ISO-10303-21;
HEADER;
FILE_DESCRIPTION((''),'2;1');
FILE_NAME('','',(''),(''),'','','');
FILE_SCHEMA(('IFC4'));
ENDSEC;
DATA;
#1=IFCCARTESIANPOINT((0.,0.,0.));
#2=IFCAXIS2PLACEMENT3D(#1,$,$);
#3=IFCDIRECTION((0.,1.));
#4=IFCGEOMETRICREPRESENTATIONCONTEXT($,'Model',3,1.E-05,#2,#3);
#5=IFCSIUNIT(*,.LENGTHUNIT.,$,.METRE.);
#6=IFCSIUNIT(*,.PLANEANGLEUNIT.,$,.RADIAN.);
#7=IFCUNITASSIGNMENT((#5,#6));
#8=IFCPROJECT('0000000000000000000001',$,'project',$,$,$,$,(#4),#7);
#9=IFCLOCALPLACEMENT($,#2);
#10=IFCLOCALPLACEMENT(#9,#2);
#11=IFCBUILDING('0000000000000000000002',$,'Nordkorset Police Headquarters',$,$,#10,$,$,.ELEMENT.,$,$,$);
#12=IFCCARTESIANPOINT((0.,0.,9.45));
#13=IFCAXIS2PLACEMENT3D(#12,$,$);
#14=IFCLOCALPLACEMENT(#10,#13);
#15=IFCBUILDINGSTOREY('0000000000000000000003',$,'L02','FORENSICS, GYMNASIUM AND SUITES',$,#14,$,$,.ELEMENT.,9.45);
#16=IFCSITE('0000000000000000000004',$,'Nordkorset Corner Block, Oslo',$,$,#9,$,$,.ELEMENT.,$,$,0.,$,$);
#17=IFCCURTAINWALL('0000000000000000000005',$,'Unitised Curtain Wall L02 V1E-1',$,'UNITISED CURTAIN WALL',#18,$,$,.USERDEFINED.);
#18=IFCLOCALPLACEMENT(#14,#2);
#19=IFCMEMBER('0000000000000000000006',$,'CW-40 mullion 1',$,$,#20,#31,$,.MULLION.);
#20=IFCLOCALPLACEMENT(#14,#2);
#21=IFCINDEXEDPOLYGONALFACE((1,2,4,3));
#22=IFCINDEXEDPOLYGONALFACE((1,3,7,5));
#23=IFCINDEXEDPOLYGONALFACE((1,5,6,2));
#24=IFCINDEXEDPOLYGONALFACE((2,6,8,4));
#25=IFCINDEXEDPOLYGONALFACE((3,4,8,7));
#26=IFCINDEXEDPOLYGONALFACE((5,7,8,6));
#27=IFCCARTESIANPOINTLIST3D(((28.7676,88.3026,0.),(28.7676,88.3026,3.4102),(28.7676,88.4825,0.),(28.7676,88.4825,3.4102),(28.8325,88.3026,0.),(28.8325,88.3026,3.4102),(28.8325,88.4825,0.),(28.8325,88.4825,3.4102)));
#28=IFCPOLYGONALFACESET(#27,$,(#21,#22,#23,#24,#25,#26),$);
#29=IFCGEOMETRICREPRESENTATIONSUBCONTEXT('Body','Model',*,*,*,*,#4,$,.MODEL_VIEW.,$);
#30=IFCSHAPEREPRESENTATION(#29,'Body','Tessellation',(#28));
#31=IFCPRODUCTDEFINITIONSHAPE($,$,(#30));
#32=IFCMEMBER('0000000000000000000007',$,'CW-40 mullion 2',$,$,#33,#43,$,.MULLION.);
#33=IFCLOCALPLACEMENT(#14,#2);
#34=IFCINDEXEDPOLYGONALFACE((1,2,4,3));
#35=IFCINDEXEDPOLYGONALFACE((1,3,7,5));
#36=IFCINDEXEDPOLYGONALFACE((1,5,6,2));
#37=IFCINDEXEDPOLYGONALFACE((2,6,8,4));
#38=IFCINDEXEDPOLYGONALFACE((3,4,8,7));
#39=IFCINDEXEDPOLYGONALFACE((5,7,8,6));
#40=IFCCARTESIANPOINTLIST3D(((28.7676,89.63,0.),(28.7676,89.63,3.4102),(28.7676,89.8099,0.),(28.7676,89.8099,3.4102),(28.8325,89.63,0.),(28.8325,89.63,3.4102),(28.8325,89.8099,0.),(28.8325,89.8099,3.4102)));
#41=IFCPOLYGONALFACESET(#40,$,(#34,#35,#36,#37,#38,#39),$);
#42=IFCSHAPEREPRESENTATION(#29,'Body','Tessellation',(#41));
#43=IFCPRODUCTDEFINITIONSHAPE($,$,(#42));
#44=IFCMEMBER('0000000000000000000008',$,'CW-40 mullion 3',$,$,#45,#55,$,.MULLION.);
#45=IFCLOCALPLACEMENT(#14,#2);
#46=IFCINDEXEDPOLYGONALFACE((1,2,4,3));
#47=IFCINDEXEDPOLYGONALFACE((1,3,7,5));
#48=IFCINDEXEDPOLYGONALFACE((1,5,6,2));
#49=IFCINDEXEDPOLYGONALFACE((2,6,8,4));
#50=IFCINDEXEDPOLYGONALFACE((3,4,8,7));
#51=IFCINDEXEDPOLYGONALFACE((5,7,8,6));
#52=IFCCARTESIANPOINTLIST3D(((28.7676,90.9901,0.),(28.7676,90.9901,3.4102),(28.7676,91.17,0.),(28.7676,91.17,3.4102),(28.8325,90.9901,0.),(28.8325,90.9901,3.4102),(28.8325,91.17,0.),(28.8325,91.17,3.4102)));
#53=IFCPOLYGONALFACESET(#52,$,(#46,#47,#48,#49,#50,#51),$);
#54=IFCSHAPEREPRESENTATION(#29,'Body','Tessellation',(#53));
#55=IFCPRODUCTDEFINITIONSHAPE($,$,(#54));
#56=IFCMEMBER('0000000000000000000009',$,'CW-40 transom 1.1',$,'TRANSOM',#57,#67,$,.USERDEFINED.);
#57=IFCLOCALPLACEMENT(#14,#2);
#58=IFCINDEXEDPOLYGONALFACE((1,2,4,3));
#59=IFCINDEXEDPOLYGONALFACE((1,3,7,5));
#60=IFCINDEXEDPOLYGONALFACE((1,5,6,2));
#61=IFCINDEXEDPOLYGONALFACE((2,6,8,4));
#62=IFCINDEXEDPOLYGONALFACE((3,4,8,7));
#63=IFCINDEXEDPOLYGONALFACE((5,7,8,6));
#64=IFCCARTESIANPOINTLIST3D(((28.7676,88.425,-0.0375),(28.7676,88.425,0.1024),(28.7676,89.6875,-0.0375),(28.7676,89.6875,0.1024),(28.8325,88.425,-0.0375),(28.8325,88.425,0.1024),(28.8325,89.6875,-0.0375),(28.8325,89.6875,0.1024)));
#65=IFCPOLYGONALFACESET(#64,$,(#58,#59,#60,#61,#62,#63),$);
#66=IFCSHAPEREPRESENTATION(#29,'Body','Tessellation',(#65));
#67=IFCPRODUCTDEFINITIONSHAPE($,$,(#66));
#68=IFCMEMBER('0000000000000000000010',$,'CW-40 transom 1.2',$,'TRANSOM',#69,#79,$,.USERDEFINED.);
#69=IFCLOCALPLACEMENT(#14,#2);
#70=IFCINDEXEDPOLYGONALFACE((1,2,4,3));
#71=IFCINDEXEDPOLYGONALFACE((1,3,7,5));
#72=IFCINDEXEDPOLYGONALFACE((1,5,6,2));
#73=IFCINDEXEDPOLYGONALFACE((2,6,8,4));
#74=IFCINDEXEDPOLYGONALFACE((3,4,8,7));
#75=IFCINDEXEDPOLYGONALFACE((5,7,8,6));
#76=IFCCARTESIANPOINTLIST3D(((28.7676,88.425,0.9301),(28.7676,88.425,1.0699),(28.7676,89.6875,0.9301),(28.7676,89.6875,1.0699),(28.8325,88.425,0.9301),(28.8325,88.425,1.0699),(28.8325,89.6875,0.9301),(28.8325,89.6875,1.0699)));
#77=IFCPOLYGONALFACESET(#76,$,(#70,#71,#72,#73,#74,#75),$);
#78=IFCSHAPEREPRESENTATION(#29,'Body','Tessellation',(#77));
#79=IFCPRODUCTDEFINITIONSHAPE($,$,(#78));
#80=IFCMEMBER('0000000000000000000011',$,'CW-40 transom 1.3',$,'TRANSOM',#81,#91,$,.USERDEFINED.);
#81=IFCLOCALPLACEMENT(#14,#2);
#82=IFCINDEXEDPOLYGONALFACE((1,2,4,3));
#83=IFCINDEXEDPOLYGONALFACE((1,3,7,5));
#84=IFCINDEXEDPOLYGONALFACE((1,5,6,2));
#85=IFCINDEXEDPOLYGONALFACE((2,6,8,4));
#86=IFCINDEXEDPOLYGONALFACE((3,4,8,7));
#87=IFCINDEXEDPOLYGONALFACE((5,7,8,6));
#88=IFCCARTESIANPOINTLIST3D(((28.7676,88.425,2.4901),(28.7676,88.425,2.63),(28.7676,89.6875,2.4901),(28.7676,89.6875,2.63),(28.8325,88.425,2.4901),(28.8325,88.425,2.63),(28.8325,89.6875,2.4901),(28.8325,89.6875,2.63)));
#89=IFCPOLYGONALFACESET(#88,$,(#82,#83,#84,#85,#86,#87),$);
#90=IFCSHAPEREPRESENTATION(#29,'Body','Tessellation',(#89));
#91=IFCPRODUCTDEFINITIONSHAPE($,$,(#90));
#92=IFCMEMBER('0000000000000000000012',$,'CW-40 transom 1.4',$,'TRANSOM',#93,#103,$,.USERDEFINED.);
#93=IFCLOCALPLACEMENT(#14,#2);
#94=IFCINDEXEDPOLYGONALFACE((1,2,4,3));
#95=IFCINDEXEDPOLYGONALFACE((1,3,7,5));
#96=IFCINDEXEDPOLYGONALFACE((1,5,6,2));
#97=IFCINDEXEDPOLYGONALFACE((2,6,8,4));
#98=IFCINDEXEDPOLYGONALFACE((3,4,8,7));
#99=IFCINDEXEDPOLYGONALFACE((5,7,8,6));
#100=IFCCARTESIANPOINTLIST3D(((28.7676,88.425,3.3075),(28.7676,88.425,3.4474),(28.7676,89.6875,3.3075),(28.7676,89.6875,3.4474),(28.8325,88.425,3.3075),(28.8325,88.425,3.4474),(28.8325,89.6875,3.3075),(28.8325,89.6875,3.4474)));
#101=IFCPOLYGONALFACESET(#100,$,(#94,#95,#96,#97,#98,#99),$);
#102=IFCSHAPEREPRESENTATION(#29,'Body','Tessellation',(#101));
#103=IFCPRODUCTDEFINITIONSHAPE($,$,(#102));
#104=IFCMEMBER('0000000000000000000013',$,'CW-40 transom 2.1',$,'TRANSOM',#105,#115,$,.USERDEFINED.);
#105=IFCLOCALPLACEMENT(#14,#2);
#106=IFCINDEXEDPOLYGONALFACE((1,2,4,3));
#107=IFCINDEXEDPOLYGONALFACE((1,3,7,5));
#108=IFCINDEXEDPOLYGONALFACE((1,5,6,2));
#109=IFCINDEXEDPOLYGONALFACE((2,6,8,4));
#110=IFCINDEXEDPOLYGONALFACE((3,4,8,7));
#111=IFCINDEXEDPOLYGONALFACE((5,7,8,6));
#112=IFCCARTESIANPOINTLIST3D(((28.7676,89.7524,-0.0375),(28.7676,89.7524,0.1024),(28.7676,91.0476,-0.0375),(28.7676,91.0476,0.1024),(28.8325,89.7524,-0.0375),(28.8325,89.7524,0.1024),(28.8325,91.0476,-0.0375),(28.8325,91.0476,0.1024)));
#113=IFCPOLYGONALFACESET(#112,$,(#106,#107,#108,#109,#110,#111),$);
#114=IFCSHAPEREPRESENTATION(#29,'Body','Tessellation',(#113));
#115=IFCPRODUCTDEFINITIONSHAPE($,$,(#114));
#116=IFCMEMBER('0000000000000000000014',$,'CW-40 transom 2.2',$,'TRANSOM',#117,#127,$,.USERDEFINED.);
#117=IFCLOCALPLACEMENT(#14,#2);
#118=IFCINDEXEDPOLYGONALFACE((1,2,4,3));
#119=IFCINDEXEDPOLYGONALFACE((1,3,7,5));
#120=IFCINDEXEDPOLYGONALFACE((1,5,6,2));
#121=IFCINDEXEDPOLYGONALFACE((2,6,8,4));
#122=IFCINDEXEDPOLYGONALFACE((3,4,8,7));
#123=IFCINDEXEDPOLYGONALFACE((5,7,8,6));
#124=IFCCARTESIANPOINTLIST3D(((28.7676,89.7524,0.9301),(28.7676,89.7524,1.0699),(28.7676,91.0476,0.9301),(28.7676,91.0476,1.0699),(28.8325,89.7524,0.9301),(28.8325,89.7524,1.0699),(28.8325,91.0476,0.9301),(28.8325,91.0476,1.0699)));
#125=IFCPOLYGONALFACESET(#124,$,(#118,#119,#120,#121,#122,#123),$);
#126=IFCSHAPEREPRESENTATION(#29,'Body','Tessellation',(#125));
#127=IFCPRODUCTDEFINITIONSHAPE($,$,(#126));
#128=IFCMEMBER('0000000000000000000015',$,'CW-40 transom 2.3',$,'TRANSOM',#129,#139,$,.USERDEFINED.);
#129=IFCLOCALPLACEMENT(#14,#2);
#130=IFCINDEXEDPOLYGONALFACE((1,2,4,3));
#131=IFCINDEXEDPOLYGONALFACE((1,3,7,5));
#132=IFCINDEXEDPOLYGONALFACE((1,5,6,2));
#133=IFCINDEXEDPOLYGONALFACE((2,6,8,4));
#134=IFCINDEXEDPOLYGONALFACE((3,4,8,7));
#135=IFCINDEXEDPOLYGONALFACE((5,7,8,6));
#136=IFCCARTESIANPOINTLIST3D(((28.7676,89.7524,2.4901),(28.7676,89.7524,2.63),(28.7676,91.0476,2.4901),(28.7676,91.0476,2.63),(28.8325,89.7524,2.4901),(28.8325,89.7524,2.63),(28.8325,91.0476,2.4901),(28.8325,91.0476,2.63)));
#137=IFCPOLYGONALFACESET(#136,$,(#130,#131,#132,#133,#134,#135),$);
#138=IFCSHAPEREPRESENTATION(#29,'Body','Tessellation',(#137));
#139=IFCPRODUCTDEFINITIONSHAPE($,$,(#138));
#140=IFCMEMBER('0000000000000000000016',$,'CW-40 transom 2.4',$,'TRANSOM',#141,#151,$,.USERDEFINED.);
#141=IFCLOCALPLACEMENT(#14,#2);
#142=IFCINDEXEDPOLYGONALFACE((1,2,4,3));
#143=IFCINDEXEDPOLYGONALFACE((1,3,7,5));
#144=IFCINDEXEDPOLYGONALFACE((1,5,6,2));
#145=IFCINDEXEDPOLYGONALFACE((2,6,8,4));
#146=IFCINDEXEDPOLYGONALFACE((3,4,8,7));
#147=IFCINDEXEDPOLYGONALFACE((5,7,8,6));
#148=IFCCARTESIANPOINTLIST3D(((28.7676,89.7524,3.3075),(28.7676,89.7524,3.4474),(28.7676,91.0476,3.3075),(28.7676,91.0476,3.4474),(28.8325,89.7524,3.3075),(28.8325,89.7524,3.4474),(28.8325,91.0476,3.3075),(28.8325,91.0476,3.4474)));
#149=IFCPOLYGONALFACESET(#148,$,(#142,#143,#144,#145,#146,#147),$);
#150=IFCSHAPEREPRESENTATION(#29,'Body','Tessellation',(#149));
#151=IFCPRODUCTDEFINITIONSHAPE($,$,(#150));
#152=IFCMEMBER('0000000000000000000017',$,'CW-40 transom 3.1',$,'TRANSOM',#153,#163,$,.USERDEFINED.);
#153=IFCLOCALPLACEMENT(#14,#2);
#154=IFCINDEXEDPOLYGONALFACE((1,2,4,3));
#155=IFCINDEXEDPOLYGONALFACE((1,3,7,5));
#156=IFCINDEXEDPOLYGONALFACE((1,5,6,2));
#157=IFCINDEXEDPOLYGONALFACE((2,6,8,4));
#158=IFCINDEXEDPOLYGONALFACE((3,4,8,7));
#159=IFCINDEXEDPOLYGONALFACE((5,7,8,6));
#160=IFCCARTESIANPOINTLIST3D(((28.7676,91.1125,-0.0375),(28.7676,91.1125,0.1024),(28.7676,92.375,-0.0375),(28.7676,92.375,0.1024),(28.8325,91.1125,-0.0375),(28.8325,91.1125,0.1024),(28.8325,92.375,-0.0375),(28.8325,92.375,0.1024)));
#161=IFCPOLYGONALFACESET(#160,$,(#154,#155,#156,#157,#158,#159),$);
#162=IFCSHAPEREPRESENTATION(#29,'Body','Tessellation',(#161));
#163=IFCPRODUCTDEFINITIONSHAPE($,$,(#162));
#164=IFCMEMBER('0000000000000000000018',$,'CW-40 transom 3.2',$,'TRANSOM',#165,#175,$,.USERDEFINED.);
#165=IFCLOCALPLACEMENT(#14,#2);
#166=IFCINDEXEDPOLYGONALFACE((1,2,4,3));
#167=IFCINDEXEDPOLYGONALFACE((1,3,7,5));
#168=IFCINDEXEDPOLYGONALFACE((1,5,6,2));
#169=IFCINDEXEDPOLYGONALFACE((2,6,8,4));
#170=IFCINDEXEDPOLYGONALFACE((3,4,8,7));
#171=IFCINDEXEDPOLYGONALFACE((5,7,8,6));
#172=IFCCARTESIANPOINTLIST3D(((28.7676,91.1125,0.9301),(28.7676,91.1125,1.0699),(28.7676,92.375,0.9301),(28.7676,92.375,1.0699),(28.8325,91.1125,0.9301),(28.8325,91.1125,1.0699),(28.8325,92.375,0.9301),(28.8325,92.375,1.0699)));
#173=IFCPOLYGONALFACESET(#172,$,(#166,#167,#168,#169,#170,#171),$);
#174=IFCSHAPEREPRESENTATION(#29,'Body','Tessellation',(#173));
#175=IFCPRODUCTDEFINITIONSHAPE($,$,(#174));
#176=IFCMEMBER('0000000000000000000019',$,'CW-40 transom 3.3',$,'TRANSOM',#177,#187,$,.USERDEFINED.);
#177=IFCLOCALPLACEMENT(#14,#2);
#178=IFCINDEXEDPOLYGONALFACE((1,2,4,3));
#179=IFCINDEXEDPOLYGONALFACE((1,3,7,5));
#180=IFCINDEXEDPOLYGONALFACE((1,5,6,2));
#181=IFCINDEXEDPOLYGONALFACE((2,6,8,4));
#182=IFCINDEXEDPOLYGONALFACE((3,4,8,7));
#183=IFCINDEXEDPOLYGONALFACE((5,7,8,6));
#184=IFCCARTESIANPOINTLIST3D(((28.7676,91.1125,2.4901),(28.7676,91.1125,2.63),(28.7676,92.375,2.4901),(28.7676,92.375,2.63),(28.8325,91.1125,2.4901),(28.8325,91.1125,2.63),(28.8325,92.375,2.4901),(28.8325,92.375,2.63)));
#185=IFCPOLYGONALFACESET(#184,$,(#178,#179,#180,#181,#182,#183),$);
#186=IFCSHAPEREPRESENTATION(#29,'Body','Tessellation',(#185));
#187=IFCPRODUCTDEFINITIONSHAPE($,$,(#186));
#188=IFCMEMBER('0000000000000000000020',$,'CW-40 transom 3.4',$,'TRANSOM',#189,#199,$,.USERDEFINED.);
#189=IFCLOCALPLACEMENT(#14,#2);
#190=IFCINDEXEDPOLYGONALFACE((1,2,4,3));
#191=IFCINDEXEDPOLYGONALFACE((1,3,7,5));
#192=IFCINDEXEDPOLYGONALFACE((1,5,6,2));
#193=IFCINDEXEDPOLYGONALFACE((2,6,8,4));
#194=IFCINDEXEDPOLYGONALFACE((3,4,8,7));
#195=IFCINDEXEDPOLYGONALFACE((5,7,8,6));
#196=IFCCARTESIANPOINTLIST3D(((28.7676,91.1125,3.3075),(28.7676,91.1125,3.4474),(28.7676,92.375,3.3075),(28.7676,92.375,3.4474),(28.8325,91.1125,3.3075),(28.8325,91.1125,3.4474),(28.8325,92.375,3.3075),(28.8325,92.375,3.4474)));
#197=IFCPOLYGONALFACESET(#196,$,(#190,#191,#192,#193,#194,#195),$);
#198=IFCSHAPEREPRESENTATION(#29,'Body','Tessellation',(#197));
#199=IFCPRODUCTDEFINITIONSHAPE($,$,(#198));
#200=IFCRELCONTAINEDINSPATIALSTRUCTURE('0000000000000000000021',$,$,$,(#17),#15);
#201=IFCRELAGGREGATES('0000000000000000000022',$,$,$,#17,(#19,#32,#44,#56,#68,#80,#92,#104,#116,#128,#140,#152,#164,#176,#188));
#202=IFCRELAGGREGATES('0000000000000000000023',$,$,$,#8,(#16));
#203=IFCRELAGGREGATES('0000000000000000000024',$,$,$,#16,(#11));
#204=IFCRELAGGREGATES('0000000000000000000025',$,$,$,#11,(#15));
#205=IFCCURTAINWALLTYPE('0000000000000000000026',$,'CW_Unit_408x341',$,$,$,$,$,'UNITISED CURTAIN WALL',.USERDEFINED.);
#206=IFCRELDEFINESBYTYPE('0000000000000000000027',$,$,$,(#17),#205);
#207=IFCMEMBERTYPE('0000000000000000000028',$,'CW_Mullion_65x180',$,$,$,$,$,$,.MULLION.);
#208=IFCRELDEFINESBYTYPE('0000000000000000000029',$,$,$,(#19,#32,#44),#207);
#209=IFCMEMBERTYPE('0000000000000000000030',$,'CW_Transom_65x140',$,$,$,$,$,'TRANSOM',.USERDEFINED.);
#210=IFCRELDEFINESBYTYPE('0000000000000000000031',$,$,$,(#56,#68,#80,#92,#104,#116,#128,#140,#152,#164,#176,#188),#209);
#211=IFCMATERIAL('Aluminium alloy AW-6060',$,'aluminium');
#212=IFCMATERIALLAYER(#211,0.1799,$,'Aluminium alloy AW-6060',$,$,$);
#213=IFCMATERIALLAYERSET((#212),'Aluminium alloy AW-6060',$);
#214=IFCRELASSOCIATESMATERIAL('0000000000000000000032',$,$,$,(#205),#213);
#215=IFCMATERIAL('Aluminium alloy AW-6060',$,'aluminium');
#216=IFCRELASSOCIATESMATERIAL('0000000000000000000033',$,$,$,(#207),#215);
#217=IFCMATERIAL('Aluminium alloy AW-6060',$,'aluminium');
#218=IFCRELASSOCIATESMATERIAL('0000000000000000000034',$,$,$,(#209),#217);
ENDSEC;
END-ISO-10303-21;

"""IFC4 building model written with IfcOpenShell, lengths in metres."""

from ifc_helpers import new_model, si_unit, direction, frame, origin, origin_2d, place, context, subcontext, project, spatial, rectangle, extrude, material, layer, layer_set, material_profile, profile_set, type_object, element, aggregate, save


model = new_model("IFC4")

# Units and contexts
model_context = context("Model", 3, precision=1e-05, world=origin(), true_north=direction((0.0, 1.0)))
body_context = subcontext(model_context, "Body", "Model", "MODEL_VIEW")
ifc_project = project(units=[si_unit("LENGTHUNIT", "METRE"), si_unit("PLANEANGLEUNIT", "RADIAN")], contexts=[model_context])

# Site, building, storey
site_placement = place(None, origin())
site = spatial("IfcSite", under=ifc_project, at=site_placement, Name="Nordkorset Corner Block, Oslo", CompositionType="ELEMENT", RefElevation=0.0)
building_placement = place(site_placement, origin())
building = spatial("IfcBuilding", under=site, at=building_placement, Name="Nordkorset Police Headquarters", CompositionType="ELEMENT")
storey_placement = place(building_placement, frame((0.0, 0.0, 9.45)))
storey = spatial("IfcBuildingStorey", under=building, at=storey_placement, Name="L02", Description="FORENSICS, GYMNASIUM AND SUITES", CompositionType="ELEMENT", Elevation=9.45)

# Curtain wall, members
ifc_material_1 = material(Name="Aluminium alloy AW-6060", Category="aluminium")
ifc_layer_1 = layer(ifc_material_1, 0.1799, Name="Aluminium alloy AW-6060")
ifc_layer_set_1 = layer_set([ifc_layer_1], Name="Aluminium alloy AW-6060")
curtain_wall_type = type_object("IfcCurtainWallType", Name="CW_Unit_408x341", ElementType="UNITISED CURTAIN WALL", PredefinedType="USERDEFINED", material=ifc_layer_set_1)
curtain_wall_placement = place(storey_placement, origin())
curtain_wall = element("IfcCurtainWall", 1, at=curtain_wall_placement, inside=storey, type_object=curtain_wall_type, Name="Unitised Curtain Wall L02 V1E-1", ObjectType="UNITISED CURTAIN WALL", PredefinedType="USERDEFINED")
ifc_material_2 = material(Name="Aluminium alloy AW-6060", Category="aluminium")
ifc_material_profile_1 = material_profile(ifc_material_2, rectangle(XDim=0.0649, YDim=0.1799, at=origin_2d()), Name="ALU MULL 65x180")
ifc_profile_set_1 = profile_set([ifc_material_profile_1], Name="Aluminium alloy AW-6060")
member_type_1 = type_object("IfcMemberType", Name="CW_Mullion_65x180", PredefinedType="MULLION", material=ifc_profile_set_1)
member_1_placement = place(storey_placement, frame((28.8, 88.3926, 0.0), z_axis=(0.0, 0.0, 1.0), x_axis=(-1.0, 0.0, 0.0)))
member_1 = element("IfcMember", 2, at=member_1_placement, type_object=member_type_1, Name="CW-40 mullion 1", PredefinedType="MULLION", context=body_context, shape_type="SweptSolid", body=[
    extrude(rectangle(XDim=0.0649, YDim=0.1799, at=origin_2d()), origin(), (0.0, 0.0, 1.0), 3.4102),
])
member_2_placement = place(storey_placement, frame((28.8, 89.72, 0.0), z_axis=(0.0, 0.0, 1.0), x_axis=(-1.0, 0.0, 0.0)))
member_2 = element("IfcMember", 3, at=member_2_placement, type_object=member_type_1, Name="CW-40 mullion 2", PredefinedType="MULLION", context=body_context, shape_type="SweptSolid", body=[
    extrude(rectangle(XDim=0.0649, YDim=0.1799, at=origin_2d()), origin(), (0.0, 0.0, 1.0), 3.4102),
])
member_3_placement = place(storey_placement, frame((28.8, 91.0801, 0.0), z_axis=(0.0, 0.0, 1.0), x_axis=(-1.0, 0.0, 0.0)))
member_3 = element("IfcMember", 4, at=member_3_placement, type_object=member_type_1, Name="CW-40 mullion 3", PredefinedType="MULLION", context=body_context, shape_type="SweptSolid", body=[
    extrude(rectangle(XDim=0.0649, YDim=0.1799, at=origin_2d()), origin(), (0.0, 0.0, 1.0), 3.4102),
])
ifc_material_3 = material(Name="Aluminium alloy AW-6060", Category="aluminium")
ifc_material_profile_2 = material_profile(ifc_material_3, rectangle(XDim=0.0649, YDim=0.1399, at=origin_2d()), Name="ALU TRAN 65x140")
ifc_profile_set_2 = profile_set([ifc_material_profile_2], Name="Aluminium alloy AW-6060")
member_type_2 = type_object("IfcMemberType", Name="CW_Transom_65x140", ElementType="TRANSOM", PredefinedType="USERDEFINED", material=ifc_profile_set_2)
member_4_placement = place(storey_placement, frame((28.8, 88.425, 0.0325), z_axis=(0.0, 1.0, 0.0), x_axis=(-1.0, 0.0, 0.0)))
member_4 = element("IfcMember", 5, at=member_4_placement, type_object=member_type_2, Name="CW-40 transom 1.1", ObjectType="TRANSOM", PredefinedType="USERDEFINED", context=body_context, shape_type="SweptSolid", body=[
    extrude(rectangle(XDim=0.0649, YDim=0.1399, at=origin_2d()), origin(), (0.0, 0.0, 1.0), 1.2625),
])
member_5_placement = place(storey_placement, frame((28.8, 88.425, 1.0), z_axis=(0.0, 1.0, 0.0), x_axis=(-1.0, 0.0, 0.0)))
member_5 = element("IfcMember", 6, at=member_5_placement, type_object=member_type_2, Name="CW-40 transom 1.2", ObjectType="TRANSOM", PredefinedType="USERDEFINED", context=body_context, shape_type="SweptSolid", body=[
    extrude(rectangle(XDim=0.0649, YDim=0.1399, at=origin_2d()), origin(), (0.0, 0.0, 1.0), 1.2625),
])
member_6_placement = place(storey_placement, frame((28.8, 88.425, 2.5601), z_axis=(0.0, 1.0, 0.0), x_axis=(-1.0, 0.0, 0.0)))
member_6 = element("IfcMember", 7, at=member_6_placement, type_object=member_type_2, Name="CW-40 transom 1.3", ObjectType="TRANSOM", PredefinedType="USERDEFINED", context=body_context, shape_type="SweptSolid", body=[
    extrude(rectangle(XDim=0.0649, YDim=0.1399, at=origin_2d()), origin(), (0.0, 0.0, 1.0), 1.2625),
])
member_7_placement = place(storey_placement, frame((28.8, 88.425, 3.3774), z_axis=(0.0, 1.0, 0.0), x_axis=(-1.0, 0.0, 0.0)))
member_7 = element("IfcMember", 8, at=member_7_placement, type_object=member_type_2, Name="CW-40 transom 1.4", ObjectType="TRANSOM", PredefinedType="USERDEFINED", context=body_context, shape_type="SweptSolid", body=[
    extrude(rectangle(XDim=0.0649, YDim=0.1399, at=origin_2d()), origin(), (0.0, 0.0, 1.0), 1.2625),
])
member_8_placement = place(storey_placement, frame((28.8, 89.7524, 0.0325), z_axis=(0.0, 1.0, 0.0), x_axis=(-1.0, 0.0, 0.0)))
member_8 = element("IfcMember", 9, at=member_8_placement, type_object=member_type_2, Name="CW-40 transom 2.1", ObjectType="TRANSOM", PredefinedType="USERDEFINED", context=body_context, shape_type="SweptSolid", body=[
    extrude(rectangle(XDim=0.0649, YDim=0.1399, at=origin_2d()), origin(), (0.0, 0.0, 1.0), 1.2952),
])
member_9_placement = place(storey_placement, frame((28.8, 89.7524, 1.0), z_axis=(0.0, 1.0, 0.0), x_axis=(-1.0, 0.0, 0.0)))
member_9 = element("IfcMember", 10, at=member_9_placement, type_object=member_type_2, Name="CW-40 transom 2.2", ObjectType="TRANSOM", PredefinedType="USERDEFINED", context=body_context, shape_type="SweptSolid", body=[
    extrude(rectangle(XDim=0.0649, YDim=0.1399, at=origin_2d()), origin(), (0.0, 0.0, 1.0), 1.2952),
])
member_10_placement = place(storey_placement, frame((28.8, 89.7524, 2.5601), z_axis=(0.0, 1.0, 0.0), x_axis=(-1.0, 0.0, 0.0)))
member_10 = element("IfcMember", 11, at=member_10_placement, type_object=member_type_2, Name="CW-40 transom 2.3", ObjectType="TRANSOM", PredefinedType="USERDEFINED", context=body_context, shape_type="SweptSolid", body=[
    extrude(rectangle(XDim=0.0649, YDim=0.1399, at=origin_2d()), origin(), (0.0, 0.0, 1.0), 1.2952),
])
member_11_placement = place(storey_placement, frame((28.8, 89.7524, 3.3774), z_axis=(0.0, 1.0, 0.0), x_axis=(-1.0, 0.0, 0.0)))
member_11 = element("IfcMember", 12, at=member_11_placement, type_object=member_type_2, Name="CW-40 transom 2.4", ObjectType="TRANSOM", PredefinedType="USERDEFINED", context=body_context, shape_type="SweptSolid", body=[
    extrude(rectangle(XDim=0.0649, YDim=0.1399, at=origin_2d()), origin(), (0.0, 0.0, 1.0), 1.2952),
])
member_12_placement = place(storey_placement, frame((28.8, 91.1125, 0.0325), z_axis=(0.0, 1.0, 0.0), x_axis=(-1.0, 0.0, 0.0)))
member_12 = element("IfcMember", 13, at=member_12_placement, type_object=member_type_2, Name="CW-40 transom 3.1", ObjectType="TRANSOM", PredefinedType="USERDEFINED", context=body_context, shape_type="SweptSolid", body=[
    extrude(rectangle(XDim=0.0649, YDim=0.1399, at=origin_2d()), origin(), (0.0, 0.0, 1.0), 1.2625),
])
member_13_placement = place(storey_placement, frame((28.8, 91.1125, 1.0), z_axis=(0.0, 1.0, 0.0), x_axis=(-1.0, 0.0, 0.0)))
member_13 = element("IfcMember", 14, at=member_13_placement, type_object=member_type_2, Name="CW-40 transom 3.2", ObjectType="TRANSOM", PredefinedType="USERDEFINED", context=body_context, shape_type="SweptSolid", body=[
    extrude(rectangle(XDim=0.0649, YDim=0.1399, at=origin_2d()), origin(), (0.0, 0.0, 1.0), 1.2625),
])
member_14_placement = place(storey_placement, frame((28.8, 91.1125, 2.5601), z_axis=(0.0, 1.0, 0.0), x_axis=(-1.0, 0.0, 0.0)))
member_14 = element("IfcMember", 15, at=member_14_placement, type_object=member_type_2, Name="CW-40 transom 3.3", ObjectType="TRANSOM", PredefinedType="USERDEFINED", context=body_context, shape_type="SweptSolid", body=[
    extrude(rectangle(XDim=0.0649, YDim=0.1399, at=origin_2d()), origin(), (0.0, 0.0, 1.0), 1.2625),
])
member_15_placement = place(storey_placement, frame((28.8, 91.1125, 3.3774), z_axis=(0.0, 1.0, 0.0), x_axis=(-1.0, 0.0, 0.0)))
member_15 = element("IfcMember", 16, at=member_15_placement, type_object=member_type_2, Name="CW-40 transom 3.4", ObjectType="TRANSOM", PredefinedType="USERDEFINED", context=body_context, shape_type="SweptSolid", body=[
    extrude(rectangle(XDim=0.0649, YDim=0.1399, at=origin_2d()), origin(), (0.0, 0.0, 1.0), 1.2625),
])
aggregate(curtain_wall, [member_1, member_2, member_3, member_4, member_5, member_6, member_7, member_8, member_9, member_10, member_11, member_12, member_13, member_14, member_15])

save(model, "model.ifc")
